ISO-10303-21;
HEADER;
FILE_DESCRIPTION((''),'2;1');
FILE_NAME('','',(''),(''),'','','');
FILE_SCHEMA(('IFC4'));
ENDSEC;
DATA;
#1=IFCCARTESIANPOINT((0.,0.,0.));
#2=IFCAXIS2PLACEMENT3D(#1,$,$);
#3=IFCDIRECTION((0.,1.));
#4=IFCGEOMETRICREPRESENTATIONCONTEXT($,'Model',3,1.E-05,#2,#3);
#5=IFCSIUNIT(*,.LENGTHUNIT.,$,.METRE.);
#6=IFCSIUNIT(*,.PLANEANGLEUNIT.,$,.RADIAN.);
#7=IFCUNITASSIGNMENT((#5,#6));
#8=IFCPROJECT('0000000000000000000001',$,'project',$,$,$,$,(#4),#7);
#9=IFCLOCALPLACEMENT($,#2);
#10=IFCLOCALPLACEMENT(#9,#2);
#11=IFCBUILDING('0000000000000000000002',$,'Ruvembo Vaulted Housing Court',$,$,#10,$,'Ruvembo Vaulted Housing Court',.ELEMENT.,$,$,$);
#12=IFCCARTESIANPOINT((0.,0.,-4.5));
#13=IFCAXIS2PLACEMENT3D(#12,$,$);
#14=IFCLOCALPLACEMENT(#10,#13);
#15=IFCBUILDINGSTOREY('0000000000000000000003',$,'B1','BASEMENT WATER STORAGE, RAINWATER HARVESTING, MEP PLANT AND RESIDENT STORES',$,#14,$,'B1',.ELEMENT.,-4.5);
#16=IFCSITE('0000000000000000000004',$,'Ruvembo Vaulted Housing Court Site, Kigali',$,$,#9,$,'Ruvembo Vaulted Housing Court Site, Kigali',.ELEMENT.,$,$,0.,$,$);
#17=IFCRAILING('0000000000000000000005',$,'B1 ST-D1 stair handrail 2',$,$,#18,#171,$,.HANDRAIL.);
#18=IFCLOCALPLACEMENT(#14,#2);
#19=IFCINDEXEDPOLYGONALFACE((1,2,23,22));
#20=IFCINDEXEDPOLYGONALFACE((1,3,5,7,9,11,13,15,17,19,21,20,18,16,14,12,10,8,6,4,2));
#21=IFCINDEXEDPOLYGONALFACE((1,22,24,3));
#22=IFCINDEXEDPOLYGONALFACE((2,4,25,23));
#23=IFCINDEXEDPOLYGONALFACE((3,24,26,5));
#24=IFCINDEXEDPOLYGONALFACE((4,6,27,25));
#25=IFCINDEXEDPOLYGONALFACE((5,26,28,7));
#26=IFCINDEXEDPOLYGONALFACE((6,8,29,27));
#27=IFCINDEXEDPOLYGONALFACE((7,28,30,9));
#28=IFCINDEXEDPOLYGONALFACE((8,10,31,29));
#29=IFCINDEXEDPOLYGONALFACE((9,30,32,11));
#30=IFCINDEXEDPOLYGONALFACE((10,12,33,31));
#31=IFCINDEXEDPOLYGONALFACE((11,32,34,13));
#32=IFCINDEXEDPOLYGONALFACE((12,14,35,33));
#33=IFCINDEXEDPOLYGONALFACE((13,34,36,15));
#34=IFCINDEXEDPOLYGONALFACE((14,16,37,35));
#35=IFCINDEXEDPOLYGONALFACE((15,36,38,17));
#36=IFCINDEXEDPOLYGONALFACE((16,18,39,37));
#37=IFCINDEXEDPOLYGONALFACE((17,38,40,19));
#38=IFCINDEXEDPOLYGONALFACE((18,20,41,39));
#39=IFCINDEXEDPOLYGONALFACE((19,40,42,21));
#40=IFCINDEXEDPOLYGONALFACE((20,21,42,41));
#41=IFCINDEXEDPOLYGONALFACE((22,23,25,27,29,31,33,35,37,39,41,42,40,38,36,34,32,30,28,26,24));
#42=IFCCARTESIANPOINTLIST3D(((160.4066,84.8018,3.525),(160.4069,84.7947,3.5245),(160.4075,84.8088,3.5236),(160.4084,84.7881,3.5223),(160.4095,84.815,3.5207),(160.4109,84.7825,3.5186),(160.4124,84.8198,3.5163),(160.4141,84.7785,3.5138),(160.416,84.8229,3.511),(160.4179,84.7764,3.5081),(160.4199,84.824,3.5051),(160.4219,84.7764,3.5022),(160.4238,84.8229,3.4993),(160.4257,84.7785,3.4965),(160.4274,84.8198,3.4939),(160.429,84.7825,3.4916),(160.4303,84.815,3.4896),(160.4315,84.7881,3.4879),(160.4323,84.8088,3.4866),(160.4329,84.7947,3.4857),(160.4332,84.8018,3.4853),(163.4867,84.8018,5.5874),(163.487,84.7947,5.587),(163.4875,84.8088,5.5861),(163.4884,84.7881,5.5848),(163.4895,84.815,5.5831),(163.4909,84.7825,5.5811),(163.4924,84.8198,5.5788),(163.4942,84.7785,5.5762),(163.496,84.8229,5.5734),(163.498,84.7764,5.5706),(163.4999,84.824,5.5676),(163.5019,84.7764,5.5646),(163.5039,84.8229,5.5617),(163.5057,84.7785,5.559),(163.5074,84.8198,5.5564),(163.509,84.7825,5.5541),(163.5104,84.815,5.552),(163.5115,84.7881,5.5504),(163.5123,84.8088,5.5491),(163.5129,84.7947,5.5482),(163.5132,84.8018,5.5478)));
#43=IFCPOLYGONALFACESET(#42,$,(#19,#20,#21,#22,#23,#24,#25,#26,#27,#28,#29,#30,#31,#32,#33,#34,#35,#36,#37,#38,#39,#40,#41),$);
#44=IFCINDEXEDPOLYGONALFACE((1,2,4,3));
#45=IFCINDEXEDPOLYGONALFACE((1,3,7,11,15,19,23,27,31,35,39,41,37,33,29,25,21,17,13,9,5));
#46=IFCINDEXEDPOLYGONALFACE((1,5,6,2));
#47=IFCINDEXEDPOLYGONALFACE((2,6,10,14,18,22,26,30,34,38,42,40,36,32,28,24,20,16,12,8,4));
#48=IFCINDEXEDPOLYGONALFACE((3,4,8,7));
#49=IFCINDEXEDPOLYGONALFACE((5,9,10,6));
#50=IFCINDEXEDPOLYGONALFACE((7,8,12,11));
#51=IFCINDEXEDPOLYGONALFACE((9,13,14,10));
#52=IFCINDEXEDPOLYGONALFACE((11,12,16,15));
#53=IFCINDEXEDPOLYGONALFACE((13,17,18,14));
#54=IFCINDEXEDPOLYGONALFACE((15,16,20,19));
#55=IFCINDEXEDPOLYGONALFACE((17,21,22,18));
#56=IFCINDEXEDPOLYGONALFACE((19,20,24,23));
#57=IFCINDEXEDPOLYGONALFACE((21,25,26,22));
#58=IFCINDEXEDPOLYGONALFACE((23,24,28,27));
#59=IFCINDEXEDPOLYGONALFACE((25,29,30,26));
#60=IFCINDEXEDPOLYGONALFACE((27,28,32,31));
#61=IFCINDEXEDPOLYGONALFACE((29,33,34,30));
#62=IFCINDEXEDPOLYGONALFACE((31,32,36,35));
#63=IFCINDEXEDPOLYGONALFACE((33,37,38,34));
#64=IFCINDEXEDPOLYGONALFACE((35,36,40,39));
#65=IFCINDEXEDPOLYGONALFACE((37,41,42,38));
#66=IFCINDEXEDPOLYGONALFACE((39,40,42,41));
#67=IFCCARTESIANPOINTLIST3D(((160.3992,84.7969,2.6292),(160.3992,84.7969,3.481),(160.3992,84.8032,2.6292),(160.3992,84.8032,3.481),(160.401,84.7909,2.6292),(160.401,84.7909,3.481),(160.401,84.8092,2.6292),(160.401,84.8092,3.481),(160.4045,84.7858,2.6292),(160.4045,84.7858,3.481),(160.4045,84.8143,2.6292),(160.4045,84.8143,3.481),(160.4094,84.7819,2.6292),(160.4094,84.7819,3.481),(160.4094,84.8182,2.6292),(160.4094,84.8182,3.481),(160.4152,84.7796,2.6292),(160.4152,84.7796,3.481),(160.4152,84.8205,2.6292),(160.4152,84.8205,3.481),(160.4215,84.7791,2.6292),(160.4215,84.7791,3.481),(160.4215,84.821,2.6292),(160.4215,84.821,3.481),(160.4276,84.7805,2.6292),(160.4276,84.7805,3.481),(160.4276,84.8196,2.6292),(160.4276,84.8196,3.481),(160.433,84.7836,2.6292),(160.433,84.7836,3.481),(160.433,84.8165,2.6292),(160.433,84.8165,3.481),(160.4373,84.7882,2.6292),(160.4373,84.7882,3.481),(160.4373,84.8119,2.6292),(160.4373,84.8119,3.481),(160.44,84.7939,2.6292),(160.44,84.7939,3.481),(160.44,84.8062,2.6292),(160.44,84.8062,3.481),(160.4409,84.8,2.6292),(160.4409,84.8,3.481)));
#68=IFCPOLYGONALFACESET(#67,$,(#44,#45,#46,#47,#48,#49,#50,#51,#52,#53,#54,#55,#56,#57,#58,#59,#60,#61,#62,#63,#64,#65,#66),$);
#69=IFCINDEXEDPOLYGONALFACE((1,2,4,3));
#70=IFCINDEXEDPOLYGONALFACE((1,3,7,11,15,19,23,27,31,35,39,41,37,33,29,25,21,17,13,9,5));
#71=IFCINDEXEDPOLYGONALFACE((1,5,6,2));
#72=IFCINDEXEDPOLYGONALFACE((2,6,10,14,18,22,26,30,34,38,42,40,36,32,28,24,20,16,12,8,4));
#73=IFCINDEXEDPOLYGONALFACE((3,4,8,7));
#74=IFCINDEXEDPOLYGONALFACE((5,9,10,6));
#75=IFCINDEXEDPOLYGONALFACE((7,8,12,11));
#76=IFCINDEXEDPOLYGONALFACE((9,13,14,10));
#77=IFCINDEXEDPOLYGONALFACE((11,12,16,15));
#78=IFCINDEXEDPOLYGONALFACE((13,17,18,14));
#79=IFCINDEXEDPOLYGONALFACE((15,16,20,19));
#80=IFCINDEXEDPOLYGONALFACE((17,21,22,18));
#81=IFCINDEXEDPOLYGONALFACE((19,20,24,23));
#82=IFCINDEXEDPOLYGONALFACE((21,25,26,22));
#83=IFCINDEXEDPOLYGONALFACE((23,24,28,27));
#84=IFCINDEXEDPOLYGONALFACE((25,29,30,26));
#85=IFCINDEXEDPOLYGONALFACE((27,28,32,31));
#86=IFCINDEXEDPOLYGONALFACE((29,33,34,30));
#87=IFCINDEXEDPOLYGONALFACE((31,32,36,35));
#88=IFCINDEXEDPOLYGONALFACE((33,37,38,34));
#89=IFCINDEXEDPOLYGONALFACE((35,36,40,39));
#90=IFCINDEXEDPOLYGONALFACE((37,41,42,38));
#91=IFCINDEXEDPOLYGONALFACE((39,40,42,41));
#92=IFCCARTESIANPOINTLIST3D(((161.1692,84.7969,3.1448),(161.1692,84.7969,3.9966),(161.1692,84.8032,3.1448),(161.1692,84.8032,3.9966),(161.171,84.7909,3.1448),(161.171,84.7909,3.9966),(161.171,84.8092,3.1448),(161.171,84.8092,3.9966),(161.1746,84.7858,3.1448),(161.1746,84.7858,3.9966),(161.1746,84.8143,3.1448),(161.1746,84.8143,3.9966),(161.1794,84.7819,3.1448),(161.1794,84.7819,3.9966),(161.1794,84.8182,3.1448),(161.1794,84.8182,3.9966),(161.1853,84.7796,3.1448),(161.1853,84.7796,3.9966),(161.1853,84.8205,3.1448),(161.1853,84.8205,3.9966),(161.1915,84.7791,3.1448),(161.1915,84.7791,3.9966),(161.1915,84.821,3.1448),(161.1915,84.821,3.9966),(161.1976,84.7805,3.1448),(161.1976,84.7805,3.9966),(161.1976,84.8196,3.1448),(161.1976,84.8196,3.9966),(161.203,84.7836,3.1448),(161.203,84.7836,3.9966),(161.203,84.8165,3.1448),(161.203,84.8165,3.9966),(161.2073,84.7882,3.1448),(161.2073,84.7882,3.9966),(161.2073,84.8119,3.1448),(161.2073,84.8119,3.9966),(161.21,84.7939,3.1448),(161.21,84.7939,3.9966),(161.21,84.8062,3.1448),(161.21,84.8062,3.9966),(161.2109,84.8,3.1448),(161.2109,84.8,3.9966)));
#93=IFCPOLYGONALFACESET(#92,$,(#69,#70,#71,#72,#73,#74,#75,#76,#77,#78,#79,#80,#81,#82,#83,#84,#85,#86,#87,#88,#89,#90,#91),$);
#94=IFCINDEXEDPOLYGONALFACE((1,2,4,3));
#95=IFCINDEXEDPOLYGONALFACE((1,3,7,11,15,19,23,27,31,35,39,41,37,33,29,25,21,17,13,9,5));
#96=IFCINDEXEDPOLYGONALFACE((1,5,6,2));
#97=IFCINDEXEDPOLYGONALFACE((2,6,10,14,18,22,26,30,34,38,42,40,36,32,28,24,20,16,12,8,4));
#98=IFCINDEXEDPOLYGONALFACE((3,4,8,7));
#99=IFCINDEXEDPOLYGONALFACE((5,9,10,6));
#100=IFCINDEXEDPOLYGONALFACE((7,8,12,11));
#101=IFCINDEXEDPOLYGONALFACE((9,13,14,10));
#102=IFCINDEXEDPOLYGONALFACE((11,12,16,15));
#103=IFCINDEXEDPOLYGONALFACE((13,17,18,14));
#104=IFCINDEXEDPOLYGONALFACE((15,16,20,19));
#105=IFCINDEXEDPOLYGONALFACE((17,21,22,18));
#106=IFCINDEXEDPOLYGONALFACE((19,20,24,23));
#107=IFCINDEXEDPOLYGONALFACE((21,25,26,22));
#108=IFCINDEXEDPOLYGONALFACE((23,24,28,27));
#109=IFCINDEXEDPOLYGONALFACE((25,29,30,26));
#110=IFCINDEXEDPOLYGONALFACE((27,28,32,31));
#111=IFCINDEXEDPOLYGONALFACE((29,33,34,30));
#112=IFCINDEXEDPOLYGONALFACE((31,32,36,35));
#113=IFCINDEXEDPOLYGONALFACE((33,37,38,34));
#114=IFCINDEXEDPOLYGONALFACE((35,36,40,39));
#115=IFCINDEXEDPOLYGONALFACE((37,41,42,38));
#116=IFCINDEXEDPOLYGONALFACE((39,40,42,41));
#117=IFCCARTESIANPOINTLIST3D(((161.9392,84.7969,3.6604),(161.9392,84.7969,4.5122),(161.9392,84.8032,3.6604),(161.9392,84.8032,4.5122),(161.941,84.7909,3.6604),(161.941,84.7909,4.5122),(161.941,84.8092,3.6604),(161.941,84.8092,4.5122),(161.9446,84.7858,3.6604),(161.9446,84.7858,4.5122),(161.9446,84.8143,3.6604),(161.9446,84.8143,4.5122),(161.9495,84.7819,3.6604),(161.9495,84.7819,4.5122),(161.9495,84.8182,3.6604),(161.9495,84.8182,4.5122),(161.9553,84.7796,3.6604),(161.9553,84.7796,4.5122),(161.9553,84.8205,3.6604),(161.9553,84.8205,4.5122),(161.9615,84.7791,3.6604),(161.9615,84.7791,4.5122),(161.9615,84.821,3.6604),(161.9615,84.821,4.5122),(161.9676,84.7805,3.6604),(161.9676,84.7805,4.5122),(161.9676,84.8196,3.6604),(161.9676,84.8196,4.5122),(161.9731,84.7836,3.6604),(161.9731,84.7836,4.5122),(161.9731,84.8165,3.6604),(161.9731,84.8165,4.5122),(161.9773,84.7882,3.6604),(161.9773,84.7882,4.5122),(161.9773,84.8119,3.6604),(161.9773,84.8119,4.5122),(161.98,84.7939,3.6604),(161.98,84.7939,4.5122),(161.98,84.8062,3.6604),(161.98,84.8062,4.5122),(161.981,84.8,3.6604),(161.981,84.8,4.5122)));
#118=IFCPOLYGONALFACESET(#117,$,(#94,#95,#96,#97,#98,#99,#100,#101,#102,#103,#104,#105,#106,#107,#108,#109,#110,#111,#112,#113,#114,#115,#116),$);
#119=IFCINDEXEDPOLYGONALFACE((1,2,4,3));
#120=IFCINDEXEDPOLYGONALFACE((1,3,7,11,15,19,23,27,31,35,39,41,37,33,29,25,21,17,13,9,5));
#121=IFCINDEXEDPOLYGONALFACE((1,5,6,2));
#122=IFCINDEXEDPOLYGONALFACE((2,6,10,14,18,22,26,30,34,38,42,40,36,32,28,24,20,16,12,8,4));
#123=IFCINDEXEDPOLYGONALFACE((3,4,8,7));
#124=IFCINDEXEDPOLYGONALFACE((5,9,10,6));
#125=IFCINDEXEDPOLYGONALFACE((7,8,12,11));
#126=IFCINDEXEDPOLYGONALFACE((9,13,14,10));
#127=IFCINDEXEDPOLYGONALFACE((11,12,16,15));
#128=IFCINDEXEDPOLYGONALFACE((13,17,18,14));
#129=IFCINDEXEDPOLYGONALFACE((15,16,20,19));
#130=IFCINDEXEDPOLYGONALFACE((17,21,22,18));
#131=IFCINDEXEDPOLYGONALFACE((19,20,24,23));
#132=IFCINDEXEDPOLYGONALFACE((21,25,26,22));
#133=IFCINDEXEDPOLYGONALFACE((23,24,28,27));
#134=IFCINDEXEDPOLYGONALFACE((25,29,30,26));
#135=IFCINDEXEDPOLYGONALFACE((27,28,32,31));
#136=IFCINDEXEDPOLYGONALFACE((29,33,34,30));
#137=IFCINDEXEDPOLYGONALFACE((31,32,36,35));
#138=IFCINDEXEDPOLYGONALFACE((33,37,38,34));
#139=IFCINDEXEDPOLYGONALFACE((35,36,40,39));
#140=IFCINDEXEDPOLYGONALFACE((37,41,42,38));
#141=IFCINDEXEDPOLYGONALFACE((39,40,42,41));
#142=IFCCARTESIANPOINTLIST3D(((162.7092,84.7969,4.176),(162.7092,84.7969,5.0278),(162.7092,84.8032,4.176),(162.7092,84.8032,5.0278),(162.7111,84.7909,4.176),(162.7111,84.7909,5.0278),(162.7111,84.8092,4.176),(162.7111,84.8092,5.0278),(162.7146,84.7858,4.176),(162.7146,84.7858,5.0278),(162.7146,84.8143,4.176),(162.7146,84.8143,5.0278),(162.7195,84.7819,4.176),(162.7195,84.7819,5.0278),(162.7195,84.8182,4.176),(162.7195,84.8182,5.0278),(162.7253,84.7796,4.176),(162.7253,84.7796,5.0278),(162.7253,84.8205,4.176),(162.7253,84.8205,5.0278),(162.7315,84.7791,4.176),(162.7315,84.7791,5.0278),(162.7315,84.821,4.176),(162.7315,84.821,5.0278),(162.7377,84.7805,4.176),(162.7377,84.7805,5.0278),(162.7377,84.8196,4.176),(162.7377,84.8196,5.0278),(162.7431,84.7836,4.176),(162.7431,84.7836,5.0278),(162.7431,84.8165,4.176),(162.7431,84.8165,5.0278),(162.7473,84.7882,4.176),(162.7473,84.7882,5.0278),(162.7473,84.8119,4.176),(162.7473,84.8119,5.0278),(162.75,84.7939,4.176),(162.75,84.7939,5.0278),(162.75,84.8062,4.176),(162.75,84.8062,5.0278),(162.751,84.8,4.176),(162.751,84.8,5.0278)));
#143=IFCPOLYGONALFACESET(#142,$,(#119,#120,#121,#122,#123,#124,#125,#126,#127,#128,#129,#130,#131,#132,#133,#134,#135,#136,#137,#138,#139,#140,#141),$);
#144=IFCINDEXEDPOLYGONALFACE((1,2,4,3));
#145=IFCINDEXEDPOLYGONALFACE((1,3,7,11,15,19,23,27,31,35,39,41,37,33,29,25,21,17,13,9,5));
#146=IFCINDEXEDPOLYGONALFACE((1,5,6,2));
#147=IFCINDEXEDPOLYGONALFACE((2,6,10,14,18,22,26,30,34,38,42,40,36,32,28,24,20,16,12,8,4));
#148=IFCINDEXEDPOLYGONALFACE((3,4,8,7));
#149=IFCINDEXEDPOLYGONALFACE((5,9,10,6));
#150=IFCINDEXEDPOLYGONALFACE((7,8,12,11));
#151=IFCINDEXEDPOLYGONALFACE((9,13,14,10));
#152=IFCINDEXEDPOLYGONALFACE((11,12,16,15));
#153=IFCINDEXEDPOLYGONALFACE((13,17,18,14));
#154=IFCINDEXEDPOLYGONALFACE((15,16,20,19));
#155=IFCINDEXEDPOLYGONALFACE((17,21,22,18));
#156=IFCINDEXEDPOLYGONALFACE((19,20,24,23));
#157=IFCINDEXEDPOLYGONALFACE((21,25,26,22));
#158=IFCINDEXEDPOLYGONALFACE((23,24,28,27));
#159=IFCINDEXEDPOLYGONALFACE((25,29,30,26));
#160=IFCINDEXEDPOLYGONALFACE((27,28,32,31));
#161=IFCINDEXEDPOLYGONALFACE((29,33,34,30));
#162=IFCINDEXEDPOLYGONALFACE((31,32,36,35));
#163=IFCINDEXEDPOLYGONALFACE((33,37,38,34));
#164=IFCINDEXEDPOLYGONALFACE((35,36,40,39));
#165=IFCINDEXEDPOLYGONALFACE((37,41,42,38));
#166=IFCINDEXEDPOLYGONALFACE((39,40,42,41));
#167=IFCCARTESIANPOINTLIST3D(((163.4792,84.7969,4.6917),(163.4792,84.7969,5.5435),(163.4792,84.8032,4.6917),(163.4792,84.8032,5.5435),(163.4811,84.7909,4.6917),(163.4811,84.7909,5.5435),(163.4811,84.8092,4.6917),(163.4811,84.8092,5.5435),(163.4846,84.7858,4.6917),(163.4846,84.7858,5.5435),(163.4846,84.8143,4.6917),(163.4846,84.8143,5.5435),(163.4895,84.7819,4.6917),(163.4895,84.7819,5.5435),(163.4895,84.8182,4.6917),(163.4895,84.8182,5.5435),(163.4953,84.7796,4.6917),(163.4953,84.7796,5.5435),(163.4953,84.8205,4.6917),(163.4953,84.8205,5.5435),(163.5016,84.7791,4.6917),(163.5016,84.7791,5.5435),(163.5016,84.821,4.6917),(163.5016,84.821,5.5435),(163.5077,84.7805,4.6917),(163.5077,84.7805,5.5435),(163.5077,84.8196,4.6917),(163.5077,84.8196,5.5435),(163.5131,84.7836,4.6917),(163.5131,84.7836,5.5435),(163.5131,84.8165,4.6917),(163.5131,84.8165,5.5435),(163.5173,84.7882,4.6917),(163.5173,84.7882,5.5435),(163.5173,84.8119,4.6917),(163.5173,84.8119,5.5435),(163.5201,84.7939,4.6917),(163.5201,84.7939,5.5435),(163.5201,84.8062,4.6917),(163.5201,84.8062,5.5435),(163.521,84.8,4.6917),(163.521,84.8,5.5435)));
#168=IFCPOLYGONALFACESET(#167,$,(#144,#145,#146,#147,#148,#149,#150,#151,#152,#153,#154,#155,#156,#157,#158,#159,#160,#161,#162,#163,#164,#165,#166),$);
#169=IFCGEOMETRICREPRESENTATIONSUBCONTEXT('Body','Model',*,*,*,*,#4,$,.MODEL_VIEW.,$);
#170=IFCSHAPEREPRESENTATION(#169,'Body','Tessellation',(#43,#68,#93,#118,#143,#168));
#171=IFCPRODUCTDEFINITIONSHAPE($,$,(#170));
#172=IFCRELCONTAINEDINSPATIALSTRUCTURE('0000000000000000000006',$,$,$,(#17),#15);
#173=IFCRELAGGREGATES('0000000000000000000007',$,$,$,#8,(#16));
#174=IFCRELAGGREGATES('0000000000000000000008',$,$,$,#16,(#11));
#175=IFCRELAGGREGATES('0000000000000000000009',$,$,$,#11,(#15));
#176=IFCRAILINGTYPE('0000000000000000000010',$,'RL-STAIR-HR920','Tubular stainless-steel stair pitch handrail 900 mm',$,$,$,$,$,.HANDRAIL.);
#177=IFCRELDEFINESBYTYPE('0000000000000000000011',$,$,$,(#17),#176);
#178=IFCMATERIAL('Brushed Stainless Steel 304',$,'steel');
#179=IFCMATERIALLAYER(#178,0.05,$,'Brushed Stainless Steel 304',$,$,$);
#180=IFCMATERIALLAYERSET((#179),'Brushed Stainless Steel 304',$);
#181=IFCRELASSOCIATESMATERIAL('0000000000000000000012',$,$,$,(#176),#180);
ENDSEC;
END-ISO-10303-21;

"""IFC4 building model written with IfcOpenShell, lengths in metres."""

from ifc_helpers import new_model, si_unit, direction, frame, origin, origin_2d, place, context, subcontext, project, spatial, circle, extrude, material, layer, layer_set, type_object, element, save


model = new_model("IFC4")

# Units and contexts
model_context = context("Model", 3, precision=1e-05, world=origin(), true_north=direction((0.0, 1.0)))
body_context = subcontext(model_context, "Body", "Model", "MODEL_VIEW")
ifc_project = project(units=[si_unit("LENGTHUNIT", "METRE"), si_unit("PLANEANGLEUNIT", "RADIAN")], contexts=[model_context])

# Site, building, storey
site_placement = place(None, origin())
site = spatial("IfcSite", under=ifc_project, at=site_placement, Name="Ruvembo Vaulted Housing Court Site, Kigali", LongName="Ruvembo Vaulted Housing Court Site, Kigali", CompositionType="ELEMENT", RefElevation=0.0)
building_placement = place(site_placement, origin())
building = spatial("IfcBuilding", under=site, at=building_placement, Name="Ruvembo Vaulted Housing Court", LongName="Ruvembo Vaulted Housing Court", CompositionType="ELEMENT")
storey_placement = place(building_placement, frame((0.0, 0.0, -4.5)))
storey = spatial("IfcBuildingStorey", under=building, at=storey_placement, Name="B1", Description="BASEMENT WATER STORAGE, RAINWATER HARVESTING, MEP PLANT AND RESIDENT STORES", LongName="B1", CompositionType="ELEMENT", Elevation=-4.5)

# Railing
ifc_material_1 = material(Name="Brushed Stainless Steel 304", Category="steel")
ifc_layer_1 = layer(ifc_material_1, 0.05, Name="Brushed Stainless Steel 304")
ifc_layer_set_1 = layer_set([ifc_layer_1], Name="Brushed Stainless Steel 304")
railing_type_1 = type_object("IfcRailingType", Name="RL-STAIR-HR920", Description="Tubular stainless-steel stair pitch handrail 900 mm", PredefinedType="HANDRAIL", material=ifc_layer_set_1)
railing_1_placement = place(storey_placement, frame((160.4199, 84.8, 2.6292)))
element("IfcRailing", 1, at=railing_1_placement, inside=storey, type_object=railing_type_1, Name="B1 ST-D1 stair handrail 2", PredefinedType="HANDRAIL", context=body_context, shape_type="SweptSolid", body=[
    extrude(circle(Radius=0.0239, at=origin_2d()), frame((0.0, 0.0, 0.876), z_axis=(0.830914, 0.0, 0.556401), x_axis=(0.0, 1.0, 0.0)), (0.0, 0.0, 1.0), 3.7068),
    extrude(circle(Radius=0.021, at=origin_2d()), origin(), (0.0, 0.0, 1.0), 0.8518),
    extrude(circle(Radius=0.021, at=origin_2d()), frame((0.77, 0.0, 0.5156)), (0.0, 0.0, 1.0), 0.8518),
    extrude(circle(Radius=0.021, at=origin_2d()), frame((1.54, 0.0, 1.0312)), (0.0, 0.0, 1.0), 0.8518),
    extrude(circle(Radius=0.021, at=origin_2d()), frame((2.3101, 0.0, 1.5469)), (0.0, 0.0, 1.0), 0.8518),
    extrude(circle(Radius=0.021, at=origin_2d()), frame((3.0801, 0.0, 2.0625)), (0.0, 0.0, 1.0), 0.8518),
])

save(model, "model.ifc")
